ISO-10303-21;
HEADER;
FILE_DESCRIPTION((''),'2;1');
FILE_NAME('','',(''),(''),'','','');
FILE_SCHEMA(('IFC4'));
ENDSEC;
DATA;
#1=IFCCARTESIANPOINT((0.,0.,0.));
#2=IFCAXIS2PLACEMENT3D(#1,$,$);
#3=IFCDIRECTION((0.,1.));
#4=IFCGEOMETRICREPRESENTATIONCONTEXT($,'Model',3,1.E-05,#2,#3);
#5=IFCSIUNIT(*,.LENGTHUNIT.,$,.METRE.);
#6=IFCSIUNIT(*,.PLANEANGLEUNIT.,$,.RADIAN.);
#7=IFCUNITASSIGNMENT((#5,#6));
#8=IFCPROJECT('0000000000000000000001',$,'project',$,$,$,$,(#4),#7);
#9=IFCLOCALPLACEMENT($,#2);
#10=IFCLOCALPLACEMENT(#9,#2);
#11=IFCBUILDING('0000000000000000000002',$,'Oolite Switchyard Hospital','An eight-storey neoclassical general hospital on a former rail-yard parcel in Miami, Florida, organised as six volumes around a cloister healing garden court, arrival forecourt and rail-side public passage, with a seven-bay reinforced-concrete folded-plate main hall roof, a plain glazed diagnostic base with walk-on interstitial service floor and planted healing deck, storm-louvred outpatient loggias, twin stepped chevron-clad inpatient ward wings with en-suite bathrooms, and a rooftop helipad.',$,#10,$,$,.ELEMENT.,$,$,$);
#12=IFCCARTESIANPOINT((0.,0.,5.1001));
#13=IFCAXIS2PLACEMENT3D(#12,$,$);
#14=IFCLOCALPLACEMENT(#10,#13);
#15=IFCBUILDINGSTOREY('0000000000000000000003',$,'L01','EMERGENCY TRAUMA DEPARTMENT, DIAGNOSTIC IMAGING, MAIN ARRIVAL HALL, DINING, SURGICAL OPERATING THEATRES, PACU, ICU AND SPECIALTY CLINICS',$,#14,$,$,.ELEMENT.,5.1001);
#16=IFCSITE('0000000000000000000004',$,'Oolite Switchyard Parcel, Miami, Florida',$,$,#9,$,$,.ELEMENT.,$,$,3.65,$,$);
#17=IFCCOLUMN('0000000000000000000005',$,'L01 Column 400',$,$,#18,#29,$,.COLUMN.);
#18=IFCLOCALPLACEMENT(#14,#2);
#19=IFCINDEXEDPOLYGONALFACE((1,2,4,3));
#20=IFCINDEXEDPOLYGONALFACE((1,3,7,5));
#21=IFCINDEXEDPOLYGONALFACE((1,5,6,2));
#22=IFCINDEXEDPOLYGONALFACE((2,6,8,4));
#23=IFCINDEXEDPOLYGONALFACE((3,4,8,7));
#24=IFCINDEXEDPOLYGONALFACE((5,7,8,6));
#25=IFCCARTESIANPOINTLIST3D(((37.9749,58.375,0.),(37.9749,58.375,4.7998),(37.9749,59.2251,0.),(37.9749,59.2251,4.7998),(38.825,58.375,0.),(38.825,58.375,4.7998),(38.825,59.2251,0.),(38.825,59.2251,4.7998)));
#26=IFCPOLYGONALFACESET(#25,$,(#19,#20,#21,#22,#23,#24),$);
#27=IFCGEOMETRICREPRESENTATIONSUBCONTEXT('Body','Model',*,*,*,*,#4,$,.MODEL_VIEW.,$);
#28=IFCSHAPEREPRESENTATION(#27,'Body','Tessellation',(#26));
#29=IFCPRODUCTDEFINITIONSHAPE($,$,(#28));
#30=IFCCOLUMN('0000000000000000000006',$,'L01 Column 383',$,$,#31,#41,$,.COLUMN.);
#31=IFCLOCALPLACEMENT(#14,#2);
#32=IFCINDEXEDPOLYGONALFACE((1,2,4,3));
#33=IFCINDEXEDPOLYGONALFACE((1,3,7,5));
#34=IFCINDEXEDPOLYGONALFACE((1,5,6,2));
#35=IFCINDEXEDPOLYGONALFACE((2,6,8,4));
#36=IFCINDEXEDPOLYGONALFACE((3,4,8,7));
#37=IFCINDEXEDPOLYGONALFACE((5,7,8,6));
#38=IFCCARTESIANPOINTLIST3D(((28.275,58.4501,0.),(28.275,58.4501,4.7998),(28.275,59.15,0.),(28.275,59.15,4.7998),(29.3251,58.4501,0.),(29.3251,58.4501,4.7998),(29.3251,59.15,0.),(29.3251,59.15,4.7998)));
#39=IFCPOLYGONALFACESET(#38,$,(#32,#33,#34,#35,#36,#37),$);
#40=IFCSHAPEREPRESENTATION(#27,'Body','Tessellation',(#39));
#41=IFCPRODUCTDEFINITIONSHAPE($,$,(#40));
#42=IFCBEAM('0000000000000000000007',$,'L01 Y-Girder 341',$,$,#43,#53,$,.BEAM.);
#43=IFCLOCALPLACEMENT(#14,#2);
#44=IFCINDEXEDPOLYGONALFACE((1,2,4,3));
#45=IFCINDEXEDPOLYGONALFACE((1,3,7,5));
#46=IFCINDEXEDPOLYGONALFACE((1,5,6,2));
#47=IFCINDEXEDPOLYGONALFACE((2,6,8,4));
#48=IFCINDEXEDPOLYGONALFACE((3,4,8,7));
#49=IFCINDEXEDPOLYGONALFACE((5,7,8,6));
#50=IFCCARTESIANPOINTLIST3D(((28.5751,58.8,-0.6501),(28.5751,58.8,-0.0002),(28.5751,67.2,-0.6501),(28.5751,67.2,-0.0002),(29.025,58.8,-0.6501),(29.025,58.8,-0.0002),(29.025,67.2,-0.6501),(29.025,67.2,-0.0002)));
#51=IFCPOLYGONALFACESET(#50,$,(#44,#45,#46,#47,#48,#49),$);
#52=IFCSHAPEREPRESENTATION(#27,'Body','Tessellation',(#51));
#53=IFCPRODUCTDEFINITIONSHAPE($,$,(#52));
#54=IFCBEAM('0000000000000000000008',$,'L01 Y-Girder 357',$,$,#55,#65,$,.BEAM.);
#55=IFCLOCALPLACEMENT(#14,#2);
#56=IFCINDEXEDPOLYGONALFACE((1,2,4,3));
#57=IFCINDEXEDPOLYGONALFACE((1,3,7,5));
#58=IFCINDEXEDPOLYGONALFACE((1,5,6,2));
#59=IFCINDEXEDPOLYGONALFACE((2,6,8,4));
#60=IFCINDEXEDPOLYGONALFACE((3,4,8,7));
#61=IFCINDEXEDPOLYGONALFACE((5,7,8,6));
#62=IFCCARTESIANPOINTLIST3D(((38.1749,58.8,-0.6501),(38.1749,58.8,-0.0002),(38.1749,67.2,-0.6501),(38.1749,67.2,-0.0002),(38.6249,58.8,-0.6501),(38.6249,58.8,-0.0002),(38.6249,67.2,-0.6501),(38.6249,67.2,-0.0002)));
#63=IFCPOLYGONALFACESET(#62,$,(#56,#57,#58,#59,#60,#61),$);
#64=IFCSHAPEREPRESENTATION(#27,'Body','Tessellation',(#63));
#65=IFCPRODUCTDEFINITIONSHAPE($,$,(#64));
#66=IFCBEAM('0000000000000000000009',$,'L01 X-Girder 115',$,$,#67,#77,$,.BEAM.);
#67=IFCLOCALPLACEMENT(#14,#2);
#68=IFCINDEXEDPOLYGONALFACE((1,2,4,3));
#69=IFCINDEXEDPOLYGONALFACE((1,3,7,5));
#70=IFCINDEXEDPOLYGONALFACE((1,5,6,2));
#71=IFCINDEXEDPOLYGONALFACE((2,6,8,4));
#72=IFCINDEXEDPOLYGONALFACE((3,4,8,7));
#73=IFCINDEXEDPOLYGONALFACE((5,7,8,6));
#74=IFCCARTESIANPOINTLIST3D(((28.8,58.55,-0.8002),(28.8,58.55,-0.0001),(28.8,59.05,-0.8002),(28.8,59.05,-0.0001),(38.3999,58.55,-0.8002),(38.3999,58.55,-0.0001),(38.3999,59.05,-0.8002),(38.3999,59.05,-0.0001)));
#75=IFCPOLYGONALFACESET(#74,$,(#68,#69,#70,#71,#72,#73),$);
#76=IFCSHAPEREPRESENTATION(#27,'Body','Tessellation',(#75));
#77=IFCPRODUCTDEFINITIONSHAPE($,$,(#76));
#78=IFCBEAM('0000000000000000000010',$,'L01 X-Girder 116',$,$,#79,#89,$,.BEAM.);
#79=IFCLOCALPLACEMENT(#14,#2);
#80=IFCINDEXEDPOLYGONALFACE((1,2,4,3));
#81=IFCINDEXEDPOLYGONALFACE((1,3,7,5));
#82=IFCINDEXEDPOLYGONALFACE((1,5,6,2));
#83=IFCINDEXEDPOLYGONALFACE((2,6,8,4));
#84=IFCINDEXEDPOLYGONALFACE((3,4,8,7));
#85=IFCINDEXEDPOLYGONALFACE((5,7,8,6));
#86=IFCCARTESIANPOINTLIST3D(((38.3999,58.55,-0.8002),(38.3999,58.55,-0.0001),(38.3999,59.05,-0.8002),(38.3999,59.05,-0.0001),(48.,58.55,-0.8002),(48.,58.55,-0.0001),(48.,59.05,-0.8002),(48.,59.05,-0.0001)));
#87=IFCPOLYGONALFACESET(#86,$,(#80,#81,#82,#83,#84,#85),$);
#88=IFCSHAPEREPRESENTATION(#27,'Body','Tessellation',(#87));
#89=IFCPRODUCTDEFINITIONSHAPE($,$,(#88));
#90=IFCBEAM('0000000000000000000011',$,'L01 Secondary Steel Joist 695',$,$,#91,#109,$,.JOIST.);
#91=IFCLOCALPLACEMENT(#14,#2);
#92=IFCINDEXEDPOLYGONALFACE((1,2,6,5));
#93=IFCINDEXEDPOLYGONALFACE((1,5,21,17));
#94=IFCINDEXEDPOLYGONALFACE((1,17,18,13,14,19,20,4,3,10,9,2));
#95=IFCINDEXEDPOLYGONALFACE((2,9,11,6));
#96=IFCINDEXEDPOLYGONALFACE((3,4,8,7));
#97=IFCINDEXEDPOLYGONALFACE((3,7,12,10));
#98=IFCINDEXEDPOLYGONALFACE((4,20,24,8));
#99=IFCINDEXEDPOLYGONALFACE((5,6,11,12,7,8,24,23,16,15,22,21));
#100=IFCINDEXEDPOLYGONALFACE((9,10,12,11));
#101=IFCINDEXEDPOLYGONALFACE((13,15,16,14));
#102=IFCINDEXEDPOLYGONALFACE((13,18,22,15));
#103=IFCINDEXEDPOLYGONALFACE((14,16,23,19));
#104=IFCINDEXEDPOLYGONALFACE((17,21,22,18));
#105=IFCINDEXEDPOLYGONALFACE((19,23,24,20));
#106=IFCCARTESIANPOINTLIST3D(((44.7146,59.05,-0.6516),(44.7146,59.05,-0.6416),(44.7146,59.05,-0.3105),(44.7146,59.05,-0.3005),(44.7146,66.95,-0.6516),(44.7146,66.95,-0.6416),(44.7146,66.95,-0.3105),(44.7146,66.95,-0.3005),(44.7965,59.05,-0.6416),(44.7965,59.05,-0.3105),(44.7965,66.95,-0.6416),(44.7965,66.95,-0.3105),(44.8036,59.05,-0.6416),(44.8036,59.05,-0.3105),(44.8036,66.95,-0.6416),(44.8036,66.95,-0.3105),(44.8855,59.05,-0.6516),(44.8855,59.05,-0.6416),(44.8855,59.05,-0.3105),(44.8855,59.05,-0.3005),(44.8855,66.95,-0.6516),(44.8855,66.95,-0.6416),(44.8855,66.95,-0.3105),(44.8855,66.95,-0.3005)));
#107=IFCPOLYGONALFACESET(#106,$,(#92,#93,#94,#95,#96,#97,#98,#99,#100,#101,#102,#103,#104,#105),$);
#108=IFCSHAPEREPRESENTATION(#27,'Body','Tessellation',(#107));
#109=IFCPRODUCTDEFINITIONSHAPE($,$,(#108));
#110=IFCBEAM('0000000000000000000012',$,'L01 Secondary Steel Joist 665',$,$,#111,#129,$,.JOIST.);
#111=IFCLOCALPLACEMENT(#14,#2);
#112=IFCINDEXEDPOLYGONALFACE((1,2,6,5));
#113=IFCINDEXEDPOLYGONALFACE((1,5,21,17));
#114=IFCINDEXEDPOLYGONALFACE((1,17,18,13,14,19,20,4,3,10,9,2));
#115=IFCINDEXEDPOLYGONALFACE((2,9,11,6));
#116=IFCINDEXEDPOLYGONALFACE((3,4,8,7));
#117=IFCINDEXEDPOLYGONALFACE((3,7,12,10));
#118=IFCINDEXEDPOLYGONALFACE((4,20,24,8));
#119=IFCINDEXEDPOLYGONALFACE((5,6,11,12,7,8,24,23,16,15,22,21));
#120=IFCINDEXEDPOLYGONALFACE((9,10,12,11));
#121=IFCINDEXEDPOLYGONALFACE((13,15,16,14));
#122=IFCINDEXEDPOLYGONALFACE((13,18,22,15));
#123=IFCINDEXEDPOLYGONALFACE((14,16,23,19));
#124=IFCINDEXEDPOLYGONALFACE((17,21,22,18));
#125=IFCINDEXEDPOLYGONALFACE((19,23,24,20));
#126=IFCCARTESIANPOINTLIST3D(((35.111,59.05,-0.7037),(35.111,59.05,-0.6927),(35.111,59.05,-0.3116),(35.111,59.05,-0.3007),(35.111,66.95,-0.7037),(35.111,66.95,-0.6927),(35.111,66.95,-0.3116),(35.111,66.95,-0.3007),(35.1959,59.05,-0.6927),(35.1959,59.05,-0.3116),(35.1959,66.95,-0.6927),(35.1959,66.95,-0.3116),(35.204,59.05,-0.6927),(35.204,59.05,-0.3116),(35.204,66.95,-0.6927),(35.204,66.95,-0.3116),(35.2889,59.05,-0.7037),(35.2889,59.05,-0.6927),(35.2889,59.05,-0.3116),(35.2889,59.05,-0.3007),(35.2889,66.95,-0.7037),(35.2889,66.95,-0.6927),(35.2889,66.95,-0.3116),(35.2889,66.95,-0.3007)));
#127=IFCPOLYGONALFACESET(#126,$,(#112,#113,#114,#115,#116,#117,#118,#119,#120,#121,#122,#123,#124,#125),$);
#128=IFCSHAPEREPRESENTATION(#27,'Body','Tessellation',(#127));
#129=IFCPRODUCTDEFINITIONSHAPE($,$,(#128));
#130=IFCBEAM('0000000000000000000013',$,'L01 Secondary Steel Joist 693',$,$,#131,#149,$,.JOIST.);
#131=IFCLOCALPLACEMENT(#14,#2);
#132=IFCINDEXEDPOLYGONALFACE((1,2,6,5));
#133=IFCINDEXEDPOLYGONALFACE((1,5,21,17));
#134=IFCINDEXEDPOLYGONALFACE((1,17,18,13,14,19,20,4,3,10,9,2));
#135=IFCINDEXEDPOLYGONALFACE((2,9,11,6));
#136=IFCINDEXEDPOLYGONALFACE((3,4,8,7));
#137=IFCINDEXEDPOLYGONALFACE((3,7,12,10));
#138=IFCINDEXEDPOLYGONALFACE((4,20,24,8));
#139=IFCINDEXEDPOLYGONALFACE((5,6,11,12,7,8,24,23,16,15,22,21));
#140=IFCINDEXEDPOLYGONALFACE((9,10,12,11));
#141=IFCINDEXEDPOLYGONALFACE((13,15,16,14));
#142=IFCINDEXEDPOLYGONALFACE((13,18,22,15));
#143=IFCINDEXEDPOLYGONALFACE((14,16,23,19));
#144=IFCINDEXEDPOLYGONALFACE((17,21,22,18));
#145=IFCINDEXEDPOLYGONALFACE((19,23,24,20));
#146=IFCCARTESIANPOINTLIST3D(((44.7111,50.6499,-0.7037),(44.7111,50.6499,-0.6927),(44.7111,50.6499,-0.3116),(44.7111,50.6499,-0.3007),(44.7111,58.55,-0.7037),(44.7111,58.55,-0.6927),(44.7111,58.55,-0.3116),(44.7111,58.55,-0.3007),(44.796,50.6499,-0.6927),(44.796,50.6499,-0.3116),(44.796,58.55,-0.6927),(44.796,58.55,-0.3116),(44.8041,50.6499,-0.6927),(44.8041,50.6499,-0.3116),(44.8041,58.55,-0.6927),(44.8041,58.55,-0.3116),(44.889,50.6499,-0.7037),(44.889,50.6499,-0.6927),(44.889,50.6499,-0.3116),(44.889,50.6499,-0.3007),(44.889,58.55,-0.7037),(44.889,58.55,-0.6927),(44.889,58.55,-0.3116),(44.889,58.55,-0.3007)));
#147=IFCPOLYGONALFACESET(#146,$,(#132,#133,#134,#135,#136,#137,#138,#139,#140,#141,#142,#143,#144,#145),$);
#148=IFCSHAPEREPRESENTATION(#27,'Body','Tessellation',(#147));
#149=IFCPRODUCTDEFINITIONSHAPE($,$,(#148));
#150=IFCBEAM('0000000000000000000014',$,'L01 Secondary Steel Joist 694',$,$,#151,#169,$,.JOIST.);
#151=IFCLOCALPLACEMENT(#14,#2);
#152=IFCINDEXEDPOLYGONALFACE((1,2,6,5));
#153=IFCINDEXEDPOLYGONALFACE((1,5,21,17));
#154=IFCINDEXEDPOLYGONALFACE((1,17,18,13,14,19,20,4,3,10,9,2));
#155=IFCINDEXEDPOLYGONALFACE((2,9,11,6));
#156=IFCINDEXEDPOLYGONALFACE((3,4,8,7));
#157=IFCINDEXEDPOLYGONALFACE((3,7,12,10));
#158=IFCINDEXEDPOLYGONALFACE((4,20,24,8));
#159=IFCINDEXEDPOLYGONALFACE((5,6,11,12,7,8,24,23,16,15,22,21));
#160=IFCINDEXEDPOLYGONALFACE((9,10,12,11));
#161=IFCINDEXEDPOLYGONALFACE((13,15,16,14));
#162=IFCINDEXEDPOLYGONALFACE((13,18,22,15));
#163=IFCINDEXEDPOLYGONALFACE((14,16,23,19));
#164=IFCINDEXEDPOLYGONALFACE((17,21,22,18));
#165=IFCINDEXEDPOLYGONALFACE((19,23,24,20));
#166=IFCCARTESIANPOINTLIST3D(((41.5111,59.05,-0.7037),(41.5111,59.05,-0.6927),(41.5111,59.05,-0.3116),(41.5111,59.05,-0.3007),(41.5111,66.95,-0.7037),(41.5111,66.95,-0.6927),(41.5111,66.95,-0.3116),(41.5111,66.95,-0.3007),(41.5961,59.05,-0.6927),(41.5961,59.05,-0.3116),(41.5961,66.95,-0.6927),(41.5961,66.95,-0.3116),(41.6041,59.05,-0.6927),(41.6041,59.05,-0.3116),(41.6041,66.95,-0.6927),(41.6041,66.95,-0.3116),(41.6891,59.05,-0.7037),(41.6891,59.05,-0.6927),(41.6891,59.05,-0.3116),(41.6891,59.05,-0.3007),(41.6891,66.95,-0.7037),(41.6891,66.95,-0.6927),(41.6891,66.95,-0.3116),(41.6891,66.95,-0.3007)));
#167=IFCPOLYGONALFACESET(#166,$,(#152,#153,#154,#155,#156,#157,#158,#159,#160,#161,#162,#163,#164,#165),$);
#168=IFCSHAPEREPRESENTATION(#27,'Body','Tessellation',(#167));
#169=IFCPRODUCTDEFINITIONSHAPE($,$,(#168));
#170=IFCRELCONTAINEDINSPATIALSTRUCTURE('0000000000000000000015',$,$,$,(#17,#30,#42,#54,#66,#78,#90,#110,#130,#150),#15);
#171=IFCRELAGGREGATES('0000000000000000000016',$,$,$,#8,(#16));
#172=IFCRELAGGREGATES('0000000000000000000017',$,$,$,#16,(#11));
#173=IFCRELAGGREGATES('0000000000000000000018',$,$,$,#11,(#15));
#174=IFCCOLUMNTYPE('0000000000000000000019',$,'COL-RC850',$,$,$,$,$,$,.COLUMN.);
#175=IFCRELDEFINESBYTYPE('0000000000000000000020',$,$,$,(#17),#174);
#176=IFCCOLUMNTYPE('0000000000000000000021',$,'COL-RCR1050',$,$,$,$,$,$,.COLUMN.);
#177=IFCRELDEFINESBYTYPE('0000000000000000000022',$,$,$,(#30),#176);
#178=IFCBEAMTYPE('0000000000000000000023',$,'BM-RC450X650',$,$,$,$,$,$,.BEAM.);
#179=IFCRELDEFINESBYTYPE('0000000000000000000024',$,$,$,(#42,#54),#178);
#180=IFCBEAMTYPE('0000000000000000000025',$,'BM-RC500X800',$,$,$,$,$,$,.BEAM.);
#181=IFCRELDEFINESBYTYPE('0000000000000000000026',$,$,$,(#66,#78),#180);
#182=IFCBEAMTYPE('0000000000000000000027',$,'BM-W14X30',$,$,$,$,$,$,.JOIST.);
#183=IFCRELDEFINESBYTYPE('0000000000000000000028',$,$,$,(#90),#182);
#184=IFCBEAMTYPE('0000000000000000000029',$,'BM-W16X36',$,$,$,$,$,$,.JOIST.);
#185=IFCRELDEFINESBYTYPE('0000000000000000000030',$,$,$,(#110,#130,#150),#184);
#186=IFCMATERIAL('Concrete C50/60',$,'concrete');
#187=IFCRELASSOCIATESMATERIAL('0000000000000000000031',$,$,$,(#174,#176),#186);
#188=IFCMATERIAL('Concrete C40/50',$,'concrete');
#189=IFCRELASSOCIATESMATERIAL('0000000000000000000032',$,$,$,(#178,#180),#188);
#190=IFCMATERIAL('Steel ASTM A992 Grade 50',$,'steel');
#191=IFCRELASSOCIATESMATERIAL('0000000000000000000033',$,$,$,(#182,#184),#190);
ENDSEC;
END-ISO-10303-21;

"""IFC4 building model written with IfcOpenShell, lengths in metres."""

from ifc_helpers import new_model, si_unit, direction, frame, origin, origin_2d, place, context, subcontext, project, spatial, rectangle, i_section, extrude, material, material_profile, profile_set, type_object, element, save


model = new_model("IFC4")

# Units and contexts
model_context = context("Model", 3, precision=1e-05, world=origin(), true_north=direction((0.0, 1.0)))
body_context = subcontext(model_context, "Body", "Model", "MODEL_VIEW")
ifc_project = project(units=[si_unit("LENGTHUNIT", "METRE"), si_unit("PLANEANGLEUNIT", "RADIAN")], contexts=[model_context])

# Site, building, storey
site_placement = place(None, origin())
site = spatial("IfcSite", under=ifc_project, at=site_placement, Name="Oolite Switchyard Parcel, Miami, Florida", CompositionType="ELEMENT", RefElevation=3.65)
building_placement = place(site_placement, origin())
building = spatial("IfcBuilding", under=site, at=building_placement, Name="Oolite Switchyard Hospital", Description="An eight-storey neoclassical general hospital on a former rail-yard parcel in Miami, Florida, organised as six volumes around a cloister healing garden court, arrival forecourt and rail-side public passage, with a seven-bay reinforced-concrete folded-plate main hall roof, a plain glazed diagnostic base with walk-on interstitial service floor and planted healing deck, storm-louvred outpatient loggias, twin stepped chevron-clad inpatient ward wings with en-suite bathrooms, and a rooftop helipad.", CompositionType="ELEMENT")
storey_placement = place(building_placement, frame((0.0, 0.0, 5.1001)))
storey = spatial("IfcBuildingStorey", under=building, at=storey_placement, Name="L01", Description="EMERGENCY TRAUMA DEPARTMENT, DIAGNOSTIC IMAGING, MAIN ARRIVAL HALL, DINING, SURGICAL OPERATING THEATRES, PACU, ICU AND SPECIALTY CLINICS", CompositionType="ELEMENT", Elevation=5.1001)

# Columns
ifc_material_1 = material(Name="Concrete C50/60", Category="concrete")
ifc_material_profile_1 = material_profile(ifc_material_1, rectangle(XDim=0.8501, YDim=0.8501, at=origin_2d()), Name="RC850X850")
ifc_profile_set_1 = profile_set([ifc_material_profile_1], Name="Concrete C50/60")
column_type_1 = type_object("IfcColumnType", Name="COL-RC850", PredefinedType="COLUMN", material=ifc_profile_set_1)
column_1_placement = place(storey_placement, frame((38.3999, 58.8, 0.0), z_axis=(0.0, 0.0, 1.0), x_axis=(1.0, 0.0, 0.0)))
element("IfcColumn", 1, at=column_1_placement, inside=storey, type_object=column_type_1, Name="L01 Column 400", PredefinedType="COLUMN", context=body_context, shape_type="SweptSolid", body=[
    extrude(rectangle(XDim=0.8501, YDim=0.8501, at=origin_2d()), origin(), (0.0, 0.0, 1.0), 4.7998),
])
ifc_material_profile_2 = material_profile(ifc_material_1, rectangle(XDim=1.05, YDim=0.7, at=origin_2d()), Name="RC1050X700")
ifc_profile_set_2 = profile_set([ifc_material_profile_2], Name="Concrete C50/60")
column_type_2 = type_object("IfcColumnType", Name="COL-RCR1050", PredefinedType="COLUMN", material=ifc_profile_set_2)
column_2_placement = place(storey_placement, frame((28.8, 58.8, 0.0), z_axis=(0.0, 0.0, 1.0), x_axis=(1.0, 0.0, 0.0)))
element("IfcColumn", 2, at=column_2_placement, inside=storey, type_object=column_type_2, Name="L01 Column 383", PredefinedType="COLUMN", context=body_context, shape_type="SweptSolid", body=[
    extrude(rectangle(XDim=1.05, YDim=0.7, at=origin_2d()), origin(), (0.0, 0.0, 1.0), 4.7998),
])

# Beams
ifc_material_2 = material(Name="Concrete C40/50", Category="concrete")
ifc_material_profile_3 = material_profile(ifc_material_2, rectangle(XDim=0.45, YDim=0.6499, at=origin_2d()), Name="RCB450X650")
ifc_profile_set_3 = profile_set([ifc_material_profile_3], Name="Concrete C40/50")
beam_type_1 = type_object("IfcBeamType", Name="BM-RC450X650", PredefinedType="BEAM", material=ifc_profile_set_3)
for number, where, z_axis, x_axis, name in (
    (3, (28.8, 58.8, -0.3252), (0.0, 1.0, 0.0), (-1.0, 0.0, 0.0), "L01 Y-Girder 341"),
    (4, (38.3999, 58.8, -0.3252), (0.0, 1.0, 0.0), (-1.0, 0.0, 0.0), "L01 Y-Girder 357"),
):
    element("IfcBeam", number, at=place(storey_placement, frame(where, z_axis=z_axis, x_axis=x_axis)), inside=storey, type_object=beam_type_1, Name=name, PredefinedType="BEAM", context=body_context, shape_type="SweptSolid", body=[
        extrude(rectangle(XDim=0.45, YDim=0.6499, at=origin_2d()), origin(), (0.0, 0.0, 1.0), 8.3999),
    ])
ifc_material_profile_4 = material_profile(ifc_material_2, rectangle(XDim=0.5, YDim=0.8, at=origin_2d()), Name="RCB500X800")
ifc_profile_set_4 = profile_set([ifc_material_profile_4], Name="Concrete C40/50")
beam_type_2 = type_object("IfcBeamType", Name="BM-RC500X800", PredefinedType="BEAM", material=ifc_profile_set_4)
beam_1_placement = place(storey_placement, frame((28.8, 58.8, -0.4001), z_axis=(1.0, 0.0, 0.0), x_axis=(0.0, 1.0, 0.0)))
element("IfcBeam", 5, at=beam_1_placement, inside=storey, type_object=beam_type_2, Name="L01 X-Girder 115", PredefinedType="BEAM", context=body_context, shape_type="SweptSolid", body=[
    extrude(rectangle(XDim=0.5, YDim=0.8, at=origin_2d()), origin(), (0.0, 0.0, 1.0), 9.5999),
])
beam_2_placement = place(storey_placement, frame((38.3999, 58.8, -0.4001), z_axis=(1.0, 0.0, 0.0), x_axis=(0.0, 1.0, 0.0)))
element("IfcBeam", 6, at=beam_2_placement, inside=storey, type_object=beam_type_2, Name="L01 X-Girder 116", PredefinedType="BEAM", context=body_context, shape_type="SweptSolid", body=[
    extrude(rectangle(XDim=0.5, YDim=0.8, at=origin_2d()), origin(), (0.0, 0.0, 1.0), 9.6001),
])
ifc_material_3 = material(Name="Steel ASTM A992 Grade 50", Category="steel")
ifc_material_profile_5 = material_profile(ifc_material_3, i_section(OverallWidth=0.1709, OverallDepth=0.3511, WebThickness=0.0071, FlangeThickness=0.01, at=origin_2d()), Name="W14X30")
ifc_profile_set_5 = profile_set([ifc_material_profile_5], Name="Steel ASTM A992 Grade 50")
beam_type_3 = type_object("IfcBeamType", Name="BM-W14X30", PredefinedType="JOIST", material=ifc_profile_set_5)
beam_3_placement = place(storey_placement, frame((44.8, 59.05, -0.4761), z_axis=(0.0, 1.0, 0.0), x_axis=(-1.0, 0.0, 0.0)))
element("IfcBeam", 7, at=beam_3_placement, inside=storey, type_object=beam_type_3, Name="L01 Secondary Steel Joist 695", PredefinedType="JOIST", context=body_context, shape_type="SweptSolid", body=[
    extrude(i_section(OverallWidth=0.1709, OverallDepth=0.3511, WebThickness=0.0071, FlangeThickness=0.01, at=origin_2d()), origin(), (0.0, 0.0, 1.0), 7.8999),
])
ifc_material_profile_6 = material_profile(ifc_material_3, i_section(OverallWidth=0.178, OverallDepth=0.4031, WebThickness=0.0081, FlangeThickness=0.011, at=origin_2d()), Name="W16X36")
ifc_profile_set_6 = profile_set([ifc_material_profile_6], Name="Steel ASTM A992 Grade 50")
beam_type_4 = type_object("IfcBeamType", Name="BM-W16X36", PredefinedType="JOIST", material=ifc_profile_set_6)
beam_4_placement = place(storey_placement, frame((35.2, 59.05, -0.5022), z_axis=(0.0, 1.0, 0.0), x_axis=(-1.0, 0.0, 0.0)))
element("IfcBeam", 8, at=beam_4_placement, inside=storey, type_object=beam_type_4, Name="L01 Secondary Steel Joist 665", PredefinedType="JOIST", context=body_context, shape_type="SweptSolid", body=[
    extrude(i_section(OverallWidth=0.178, OverallDepth=0.4031, WebThickness=0.0081, FlangeThickness=0.011, at=origin_2d()), origin(), (0.0, 0.0, 1.0), 7.8999),
])
beam_5_placement = place(storey_placement, frame((44.8, 50.6499, -0.5022), z_axis=(0.0, 1.0, 0.0), x_axis=(-1.0, 0.0, 0.0)))
element("IfcBeam", 9, at=beam_5_placement, inside=storey, type_object=beam_type_4, Name="L01 Secondary Steel Joist 693", PredefinedType="JOIST", context=body_context, shape_type="SweptSolid", body=[
    extrude(i_section(OverallWidth=0.178, OverallDepth=0.4031, WebThickness=0.0081, FlangeThickness=0.011, at=origin_2d()), origin(), (0.0, 0.0, 1.0), 7.9001),
])
beam_6_placement = place(storey_placement, frame((41.6001, 59.05, -0.5022), z_axis=(0.0, 1.0, 0.0), x_axis=(-1.0, 0.0, 0.0)))
element("IfcBeam", 10, at=beam_6_placement, inside=storey, type_object=beam_type_4, Name="L01 Secondary Steel Joist 694", PredefinedType="JOIST", context=body_context, shape_type="SweptSolid", body=[
    extrude(i_section(OverallWidth=0.178, OverallDepth=0.4031, WebThickness=0.0081, FlangeThickness=0.011, at=origin_2d()), origin(), (0.0, 0.0, 1.0), 7.8999),
])

save(model, "model.ifc")
